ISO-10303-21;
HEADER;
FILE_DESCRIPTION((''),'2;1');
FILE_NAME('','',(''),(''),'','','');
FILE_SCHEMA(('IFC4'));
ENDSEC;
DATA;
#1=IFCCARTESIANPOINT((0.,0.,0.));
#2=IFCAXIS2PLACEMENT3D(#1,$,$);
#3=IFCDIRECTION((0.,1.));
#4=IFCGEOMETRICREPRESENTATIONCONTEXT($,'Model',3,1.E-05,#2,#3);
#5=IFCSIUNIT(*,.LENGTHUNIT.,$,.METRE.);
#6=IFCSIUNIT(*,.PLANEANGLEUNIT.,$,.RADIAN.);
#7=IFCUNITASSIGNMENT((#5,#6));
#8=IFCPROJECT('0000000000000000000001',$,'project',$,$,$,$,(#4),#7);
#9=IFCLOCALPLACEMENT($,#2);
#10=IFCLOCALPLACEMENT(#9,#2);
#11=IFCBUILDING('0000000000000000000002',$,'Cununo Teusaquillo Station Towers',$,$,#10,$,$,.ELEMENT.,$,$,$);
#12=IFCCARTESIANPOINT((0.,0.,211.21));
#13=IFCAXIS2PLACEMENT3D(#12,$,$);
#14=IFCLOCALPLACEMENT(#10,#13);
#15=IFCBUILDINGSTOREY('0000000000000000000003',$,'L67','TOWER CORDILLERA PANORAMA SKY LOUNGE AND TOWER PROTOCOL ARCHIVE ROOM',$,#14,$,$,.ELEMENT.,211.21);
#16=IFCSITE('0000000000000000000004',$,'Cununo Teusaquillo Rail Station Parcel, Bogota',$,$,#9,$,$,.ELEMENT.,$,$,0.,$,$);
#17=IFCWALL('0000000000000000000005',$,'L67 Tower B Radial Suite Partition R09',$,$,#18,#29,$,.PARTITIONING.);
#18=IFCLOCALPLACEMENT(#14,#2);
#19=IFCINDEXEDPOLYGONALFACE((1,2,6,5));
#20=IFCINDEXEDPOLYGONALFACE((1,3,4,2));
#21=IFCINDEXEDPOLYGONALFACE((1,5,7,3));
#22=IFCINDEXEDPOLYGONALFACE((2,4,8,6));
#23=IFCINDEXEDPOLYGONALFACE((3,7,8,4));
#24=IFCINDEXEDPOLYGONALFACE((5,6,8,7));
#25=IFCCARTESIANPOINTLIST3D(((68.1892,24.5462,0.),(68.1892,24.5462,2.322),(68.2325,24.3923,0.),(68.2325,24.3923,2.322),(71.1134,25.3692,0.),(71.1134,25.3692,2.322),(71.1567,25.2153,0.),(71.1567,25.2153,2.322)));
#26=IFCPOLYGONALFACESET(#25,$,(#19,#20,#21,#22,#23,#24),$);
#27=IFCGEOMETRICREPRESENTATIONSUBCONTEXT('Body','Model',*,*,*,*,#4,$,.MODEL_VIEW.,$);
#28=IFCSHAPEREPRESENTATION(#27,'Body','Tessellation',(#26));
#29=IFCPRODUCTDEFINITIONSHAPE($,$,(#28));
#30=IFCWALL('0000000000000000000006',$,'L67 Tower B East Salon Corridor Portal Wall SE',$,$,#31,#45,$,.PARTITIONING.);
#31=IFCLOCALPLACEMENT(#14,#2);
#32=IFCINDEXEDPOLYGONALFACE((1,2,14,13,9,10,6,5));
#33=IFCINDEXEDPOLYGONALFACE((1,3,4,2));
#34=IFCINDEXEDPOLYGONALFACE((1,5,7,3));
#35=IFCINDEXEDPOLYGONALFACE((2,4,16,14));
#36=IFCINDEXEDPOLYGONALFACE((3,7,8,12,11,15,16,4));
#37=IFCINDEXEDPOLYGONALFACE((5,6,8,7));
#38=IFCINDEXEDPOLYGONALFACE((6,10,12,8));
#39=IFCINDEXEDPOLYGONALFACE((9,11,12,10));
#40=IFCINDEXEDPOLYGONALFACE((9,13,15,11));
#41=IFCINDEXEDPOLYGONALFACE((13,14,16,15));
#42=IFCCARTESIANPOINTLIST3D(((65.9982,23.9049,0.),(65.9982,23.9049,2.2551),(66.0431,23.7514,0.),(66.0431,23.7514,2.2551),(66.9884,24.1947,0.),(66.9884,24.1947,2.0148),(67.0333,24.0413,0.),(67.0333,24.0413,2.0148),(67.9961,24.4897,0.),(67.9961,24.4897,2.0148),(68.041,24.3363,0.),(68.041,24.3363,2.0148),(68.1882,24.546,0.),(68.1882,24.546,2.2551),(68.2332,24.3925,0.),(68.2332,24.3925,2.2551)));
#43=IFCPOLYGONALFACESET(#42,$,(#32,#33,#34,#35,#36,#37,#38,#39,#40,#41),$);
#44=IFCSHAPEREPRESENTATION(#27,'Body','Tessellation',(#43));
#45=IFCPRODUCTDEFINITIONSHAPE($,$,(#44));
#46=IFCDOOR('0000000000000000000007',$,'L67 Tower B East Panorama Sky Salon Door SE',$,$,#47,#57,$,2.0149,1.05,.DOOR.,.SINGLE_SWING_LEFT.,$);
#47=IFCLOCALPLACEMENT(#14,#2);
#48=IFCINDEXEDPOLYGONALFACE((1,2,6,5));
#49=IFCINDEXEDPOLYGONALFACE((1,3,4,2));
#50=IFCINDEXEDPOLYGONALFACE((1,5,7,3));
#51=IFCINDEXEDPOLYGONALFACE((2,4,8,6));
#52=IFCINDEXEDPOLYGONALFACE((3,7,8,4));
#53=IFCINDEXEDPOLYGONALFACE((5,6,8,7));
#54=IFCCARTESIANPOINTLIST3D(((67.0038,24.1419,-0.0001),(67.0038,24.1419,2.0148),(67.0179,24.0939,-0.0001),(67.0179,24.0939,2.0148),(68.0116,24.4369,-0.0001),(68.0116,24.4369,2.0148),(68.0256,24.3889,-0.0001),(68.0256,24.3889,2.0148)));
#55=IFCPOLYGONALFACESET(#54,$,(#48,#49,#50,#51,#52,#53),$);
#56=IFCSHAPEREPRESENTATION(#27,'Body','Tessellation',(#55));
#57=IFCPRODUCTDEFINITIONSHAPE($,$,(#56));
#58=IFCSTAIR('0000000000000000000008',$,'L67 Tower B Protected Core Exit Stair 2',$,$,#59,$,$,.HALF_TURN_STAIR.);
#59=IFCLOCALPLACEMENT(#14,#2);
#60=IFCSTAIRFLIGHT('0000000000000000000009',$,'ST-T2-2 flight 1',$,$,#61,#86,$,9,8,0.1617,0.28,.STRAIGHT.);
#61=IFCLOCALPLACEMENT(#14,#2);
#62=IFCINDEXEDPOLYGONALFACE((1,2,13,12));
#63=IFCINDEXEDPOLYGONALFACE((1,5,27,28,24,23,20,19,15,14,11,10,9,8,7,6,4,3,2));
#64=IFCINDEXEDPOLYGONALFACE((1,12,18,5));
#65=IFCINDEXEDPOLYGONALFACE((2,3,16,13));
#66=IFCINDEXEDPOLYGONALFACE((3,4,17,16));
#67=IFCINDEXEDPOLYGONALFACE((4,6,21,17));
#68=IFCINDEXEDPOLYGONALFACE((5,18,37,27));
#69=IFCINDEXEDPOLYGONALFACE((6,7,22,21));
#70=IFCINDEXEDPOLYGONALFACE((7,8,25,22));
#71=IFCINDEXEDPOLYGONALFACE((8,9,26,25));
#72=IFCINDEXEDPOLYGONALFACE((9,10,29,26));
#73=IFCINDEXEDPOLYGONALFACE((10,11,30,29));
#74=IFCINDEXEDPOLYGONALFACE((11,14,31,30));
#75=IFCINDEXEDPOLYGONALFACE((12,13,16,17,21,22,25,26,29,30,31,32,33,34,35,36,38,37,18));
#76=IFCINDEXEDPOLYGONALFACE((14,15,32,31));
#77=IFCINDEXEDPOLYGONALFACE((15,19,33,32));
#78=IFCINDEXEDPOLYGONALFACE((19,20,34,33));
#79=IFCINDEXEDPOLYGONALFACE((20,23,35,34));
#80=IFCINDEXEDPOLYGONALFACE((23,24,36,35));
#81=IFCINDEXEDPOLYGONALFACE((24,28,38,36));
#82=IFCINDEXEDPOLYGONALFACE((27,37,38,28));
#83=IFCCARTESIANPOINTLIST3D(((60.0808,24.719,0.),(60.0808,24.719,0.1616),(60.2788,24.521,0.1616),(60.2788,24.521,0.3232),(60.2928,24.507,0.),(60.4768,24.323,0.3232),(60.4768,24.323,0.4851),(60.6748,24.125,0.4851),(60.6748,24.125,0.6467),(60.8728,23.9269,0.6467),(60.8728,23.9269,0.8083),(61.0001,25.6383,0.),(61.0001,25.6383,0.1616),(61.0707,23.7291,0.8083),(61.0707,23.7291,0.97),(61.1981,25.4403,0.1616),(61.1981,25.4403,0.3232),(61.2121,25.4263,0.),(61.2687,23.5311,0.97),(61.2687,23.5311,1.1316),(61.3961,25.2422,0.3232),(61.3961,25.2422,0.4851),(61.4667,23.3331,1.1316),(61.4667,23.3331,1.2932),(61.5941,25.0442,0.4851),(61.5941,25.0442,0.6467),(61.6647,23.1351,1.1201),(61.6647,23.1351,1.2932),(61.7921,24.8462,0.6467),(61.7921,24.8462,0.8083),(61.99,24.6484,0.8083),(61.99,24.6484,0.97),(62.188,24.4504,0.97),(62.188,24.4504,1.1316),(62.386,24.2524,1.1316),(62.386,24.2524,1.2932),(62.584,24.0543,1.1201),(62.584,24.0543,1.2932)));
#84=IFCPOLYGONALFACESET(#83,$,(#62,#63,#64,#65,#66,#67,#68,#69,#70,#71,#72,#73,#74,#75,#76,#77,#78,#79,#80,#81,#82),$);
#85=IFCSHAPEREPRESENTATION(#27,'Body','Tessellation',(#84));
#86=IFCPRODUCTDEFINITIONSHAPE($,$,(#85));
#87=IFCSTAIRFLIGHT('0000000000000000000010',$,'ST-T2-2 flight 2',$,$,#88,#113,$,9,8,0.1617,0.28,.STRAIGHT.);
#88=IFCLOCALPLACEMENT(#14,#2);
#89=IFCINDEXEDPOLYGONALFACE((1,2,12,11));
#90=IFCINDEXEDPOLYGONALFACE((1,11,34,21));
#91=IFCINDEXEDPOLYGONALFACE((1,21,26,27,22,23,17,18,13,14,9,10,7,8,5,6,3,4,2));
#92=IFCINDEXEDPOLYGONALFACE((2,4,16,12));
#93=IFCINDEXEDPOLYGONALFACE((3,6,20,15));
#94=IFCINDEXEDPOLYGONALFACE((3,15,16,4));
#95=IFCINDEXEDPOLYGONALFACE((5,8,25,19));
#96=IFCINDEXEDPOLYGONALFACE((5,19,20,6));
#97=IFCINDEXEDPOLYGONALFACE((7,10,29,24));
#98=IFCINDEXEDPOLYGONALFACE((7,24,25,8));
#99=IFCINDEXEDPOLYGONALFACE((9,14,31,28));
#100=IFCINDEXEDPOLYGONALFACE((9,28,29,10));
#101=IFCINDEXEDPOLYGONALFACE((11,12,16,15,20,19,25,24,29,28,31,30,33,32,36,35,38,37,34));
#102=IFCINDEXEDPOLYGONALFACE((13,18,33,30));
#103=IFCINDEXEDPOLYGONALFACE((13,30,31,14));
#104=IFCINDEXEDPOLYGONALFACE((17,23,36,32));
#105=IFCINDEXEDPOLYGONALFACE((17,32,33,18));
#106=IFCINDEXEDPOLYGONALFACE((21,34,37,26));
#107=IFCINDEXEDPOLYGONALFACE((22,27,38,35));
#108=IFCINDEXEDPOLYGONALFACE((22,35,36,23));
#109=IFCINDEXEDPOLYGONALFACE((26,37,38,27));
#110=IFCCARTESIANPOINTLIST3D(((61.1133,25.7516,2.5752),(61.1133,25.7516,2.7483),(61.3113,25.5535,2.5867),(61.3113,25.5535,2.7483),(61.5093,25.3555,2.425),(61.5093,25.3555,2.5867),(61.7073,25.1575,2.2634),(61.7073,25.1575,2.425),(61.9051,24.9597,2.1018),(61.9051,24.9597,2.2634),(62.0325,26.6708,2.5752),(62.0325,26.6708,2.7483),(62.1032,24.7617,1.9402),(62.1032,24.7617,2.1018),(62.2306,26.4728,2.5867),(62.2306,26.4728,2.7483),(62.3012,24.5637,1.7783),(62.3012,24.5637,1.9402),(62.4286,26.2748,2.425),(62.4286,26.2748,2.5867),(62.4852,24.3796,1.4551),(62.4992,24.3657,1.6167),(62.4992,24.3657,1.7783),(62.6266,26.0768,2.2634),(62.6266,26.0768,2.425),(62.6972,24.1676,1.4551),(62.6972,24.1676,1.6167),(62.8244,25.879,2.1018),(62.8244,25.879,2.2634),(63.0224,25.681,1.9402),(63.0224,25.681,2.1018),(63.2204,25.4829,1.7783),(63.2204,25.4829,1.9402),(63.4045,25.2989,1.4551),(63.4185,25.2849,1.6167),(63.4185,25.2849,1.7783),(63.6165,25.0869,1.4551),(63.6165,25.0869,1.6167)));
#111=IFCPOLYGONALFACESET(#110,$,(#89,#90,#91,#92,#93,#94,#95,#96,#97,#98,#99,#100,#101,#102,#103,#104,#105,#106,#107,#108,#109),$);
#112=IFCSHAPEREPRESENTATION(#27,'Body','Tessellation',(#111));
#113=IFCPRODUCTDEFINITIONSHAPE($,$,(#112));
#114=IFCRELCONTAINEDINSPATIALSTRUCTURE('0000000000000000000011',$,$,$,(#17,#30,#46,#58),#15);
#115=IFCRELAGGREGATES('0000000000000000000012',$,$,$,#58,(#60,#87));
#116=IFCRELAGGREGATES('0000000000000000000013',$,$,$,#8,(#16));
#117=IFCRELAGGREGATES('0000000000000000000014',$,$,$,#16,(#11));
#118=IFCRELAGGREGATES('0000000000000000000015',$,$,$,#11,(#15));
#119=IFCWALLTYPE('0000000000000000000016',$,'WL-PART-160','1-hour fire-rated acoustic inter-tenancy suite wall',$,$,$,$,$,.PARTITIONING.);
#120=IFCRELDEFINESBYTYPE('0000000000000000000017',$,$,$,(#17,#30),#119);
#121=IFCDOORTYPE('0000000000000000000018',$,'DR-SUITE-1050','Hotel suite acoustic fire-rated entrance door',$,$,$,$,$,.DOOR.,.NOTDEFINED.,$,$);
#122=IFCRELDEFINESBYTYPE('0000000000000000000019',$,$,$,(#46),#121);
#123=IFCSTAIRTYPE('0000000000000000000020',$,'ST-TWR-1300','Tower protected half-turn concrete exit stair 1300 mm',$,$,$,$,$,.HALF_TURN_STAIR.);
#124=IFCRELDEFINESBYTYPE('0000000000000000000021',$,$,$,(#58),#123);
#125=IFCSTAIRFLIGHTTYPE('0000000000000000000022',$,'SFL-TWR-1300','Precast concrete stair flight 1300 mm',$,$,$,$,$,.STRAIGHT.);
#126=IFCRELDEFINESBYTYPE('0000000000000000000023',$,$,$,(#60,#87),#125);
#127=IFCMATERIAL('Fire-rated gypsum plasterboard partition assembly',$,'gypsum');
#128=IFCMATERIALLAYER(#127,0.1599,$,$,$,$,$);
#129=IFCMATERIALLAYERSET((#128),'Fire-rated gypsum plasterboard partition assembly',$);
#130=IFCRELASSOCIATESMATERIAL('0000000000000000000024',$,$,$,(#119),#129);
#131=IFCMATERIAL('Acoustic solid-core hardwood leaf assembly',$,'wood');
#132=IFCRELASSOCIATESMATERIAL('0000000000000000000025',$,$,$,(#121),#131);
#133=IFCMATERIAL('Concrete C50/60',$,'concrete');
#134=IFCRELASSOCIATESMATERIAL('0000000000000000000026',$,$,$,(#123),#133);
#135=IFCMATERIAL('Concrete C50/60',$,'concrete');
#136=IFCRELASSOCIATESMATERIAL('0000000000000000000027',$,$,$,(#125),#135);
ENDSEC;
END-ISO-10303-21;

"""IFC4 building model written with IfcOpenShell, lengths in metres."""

from ifc_helpers import new_model, si_unit, direction, frame, frame_2d, origin, place, context, subcontext, project, spatial, polyline, rectangle, outline, extrude, source, transform, mapped, material, layer, layer_set, type_object, element, fill, aggregate, save


model = new_model("IFC4")

# Units and contexts
model_context = context("Model", 3, precision=1e-05, world=origin(), true_north=direction((0.0, 1.0)))
body_context = subcontext(model_context, "Body", "Model", "MODEL_VIEW")
ifc_project = project(units=[si_unit("LENGTHUNIT", "METRE"), si_unit("PLANEANGLEUNIT", "RADIAN")], contexts=[model_context])

# Site, building, storey
site_placement = place(None, origin())
site = spatial("IfcSite", under=ifc_project, at=site_placement, Name="Cununo Teusaquillo Rail Station Parcel, Bogota", CompositionType="ELEMENT", RefElevation=0.0)
building_placement = place(site_placement, origin())
building = spatial("IfcBuilding", under=site, at=building_placement, Name="Cununo Teusaquillo Station Towers", CompositionType="ELEMENT")
storey_placement = place(building_placement, frame((0.0, 0.0, 211.21)))
storey = spatial("IfcBuildingStorey", under=building, at=storey_placement, Name="L67", Description="TOWER CORDILLERA PANORAMA SKY LOUNGE AND TOWER PROTOCOL ARCHIVE ROOM", CompositionType="ELEMENT", Elevation=211.21)

# Wall
ifc_material_1 = material(Name="Fire-rated gypsum plasterboard partition assembly", Category="gypsum")
ifc_layer_1 = layer(ifc_material_1, 0.1599)
ifc_layer_set_1 = layer_set([ifc_layer_1], Name="Fire-rated gypsum plasterboard partition assembly")
wall_type_1 = type_object("IfcWallType", Name="WL-PART-160", Description="1-hour fire-rated acoustic inter-tenancy suite wall", PredefinedType="PARTITIONING", material=ifc_layer_set_1)
wall_1_placement = place(storey_placement, frame((68.2107, 24.4692, 0.0), z_axis=(0.0, 0.0, 1.0), x_axis=(0.962605, 0.270908, 0.0)))
element("IfcWall", 1, at=wall_1_placement, inside=storey, type_object=wall_type_1, Name="L67 Tower B Radial Suite Partition R09", PredefinedType="PARTITIONING", context=body_context, shape_type="SweptSolid", body=[
    extrude(rectangle(XDim=3.0378, YDim=0.1599, at=frame_2d((1.519, 0.0))), origin(), (0.0, 0.0, 1.0), 2.322),
])

# Wall, opening, door
wall_2_placement = place(storey_placement, frame((66.0205, 23.8281, 0.0), z_axis=(0.0, 0.0, 1.0), x_axis=(0.959728, 0.280932, 0.0)))
wall_2 = element("IfcWall", 2, at=wall_2_placement, inside=storey, type_object=wall_type_1, Name="L67 Tower B East Salon Corridor Portal Wall SE", PredefinedType="PARTITIONING", context=body_context, shape_type="SweptSolid", body=[
    extrude(rectangle(XDim=2.282, YDim=0.1599, at=frame_2d((1.1411, 0.0))), origin(), (0.0, 0.0, 1.0), 2.2551),
])
shared_shape_1 = source(origin(), body_context, "Body", "SweptSolid", [
    extrude(rectangle(XDim=1.05, YDim=2.0149, at=frame_2d((0.5249, 1.0073))), frame((0.0, 0.0898, 0.0), z_axis=(0.0, -1.0, 0.0), x_axis=(1.0, 0.0, 0.0)), (0.0, 0.0, 1.0), 0.1799),
])
opening_1_placement = place(wall_2_placement, frame((1.032, 0.0, 0.0)))
opening_1 = element("IfcOpeningElement", 3, at=opening_1_placement, cuts=wall_2, PredefinedType="OPENING", context=body_context, shape_type="MappedRepresentation", body=[
    mapped(shared_shape_1, transform((0.0, 0.0, 0.0), x_axis=(1.0, 0.0, 0.0), y_axis=(0.0, 1.0, 0.0), z_axis=(0.0, 0.0, 1.0), scale=1.0)),
])
ifc_material_2 = material(Name="Acoustic solid-core hardwood leaf assembly", Category="wood")
door_type_1 = type_object("IfcDoorType", Name="DR-SUITE-1050", Description="Hotel suite acoustic fire-rated entrance door", OperationType="NOTDEFINED", PredefinedType="DOOR", material=ifc_material_2)
shared_shape_2 = source(origin(), body_context, "Body", "SweptSolid", [
    extrude(rectangle(XDim=1.05, YDim=2.0149, at=frame_2d((0.5249, 1.0073))), frame((0.0, 0.0249, 0.0), z_axis=(0.0, -1.0, 0.0), x_axis=(1.0, 0.0, 0.0)), (0.0, 0.0, 1.0), 0.05),
])
door_1_placement = place(opening_1_placement, origin())
door_1 = element("IfcDoor", 4, at=door_1_placement, inside=storey, type_object=door_type_1, Name="L67 Tower B East Panorama Sky Salon Door SE", OperationType="SINGLE_SWING_LEFT", OverallHeight=2.0149, OverallWidth=1.05, PredefinedType="DOOR", context=body_context, shape_type="MappedRepresentation", body=[
    mapped(shared_shape_2, transform((0.0, 0.0, 0.0), x_axis=(1.0, 0.0, 0.0), y_axis=(0.0, 1.0, 0.0), z_axis=(0.0, 0.0, 1.0), scale=1.0)),
])
fill(opening_1, door_1)

# Stair, stair flights
ifc_material_3 = material(Name="Concrete C50/60", Category="concrete")
stair_type = type_object("IfcStairType", Name="ST-TWR-1300", Description="Tower protected half-turn concrete exit stair 1300 mm", PredefinedType="HALF_TURN_STAIR", material=ifc_material_3)
stair_placement = place(storey_placement, origin())
stair = element("IfcStair", 5, at=stair_placement, inside=storey, type_object=stair_type, Name="L67 Tower B Protected Core Exit Stair 2", PredefinedType="HALF_TURN_STAIR")
ifc_material_4 = material(Name="Concrete C50/60", Category="concrete")
stair_flight_type = type_object("IfcStairFlightType", Name="SFL-TWR-1300", Description="Precast concrete stair flight 1300 mm", PredefinedType="STRAIGHT", material=ifc_material_4)
stair_flight_1_placement = place(storey_placement, frame((60.5405, 25.1787, 0.0), z_axis=(0.0, 0.0, 1.0), x_axis=(0.707107, -0.707107, 0.0)))
stair_flight_1 = element("IfcStairFlight", 6, at=stair_flight_1_placement, type_object=stair_flight_type, Name="ST-T2-2 flight 1", NumberOfRisers=9, NumberOfTreads=8, PredefinedType="STRAIGHT", RiserHeight=0.1617, TreadLength=0.28, context=body_context, shape_type="SweptSolid", body=[
    extrude(outline(polyline([(0.0, 0.0), (0.0, 0.1616), (0.28, 0.1616), (0.28, 0.3232), (0.5601, 0.3232), (0.5601, 0.4851), (0.8401, 0.4851), (0.8401, 0.6467), (1.1201, 0.6467), (1.1201, 0.8083), (1.3999, 0.8083), (1.3999, 0.97), (1.6799, 0.97), (1.6799, 1.1316), (1.96, 1.1316), (1.96, 1.2932), (2.24, 1.2932), (2.24, 1.4551), (2.24, 1.1201), (0.2998, 0.0), (0.0, 0.0)])), frame((0.0, 0.6499, 0.0), z_axis=(0.0, -1.0, 0.0), x_axis=(1.0, 0.0, 0.0)), (0.0, 0.0, 1.0), 1.3),
])
stair_flight_2_placement = place(storey_placement, frame((63.1567, 24.6272, 1.4551), z_axis=(0.0, 0.0, 1.0), x_axis=(-0.707107, 0.707107, 0.0)))
stair_flight_2 = element("IfcStairFlight", 7, at=stair_flight_2_placement, type_object=stair_flight_type, Name="ST-T2-2 flight 2", NumberOfRisers=9, NumberOfTreads=8, PredefinedType="STRAIGHT", RiserHeight=0.1617, TreadLength=0.28, context=body_context, shape_type="SweptSolid", body=[
    extrude(outline(polyline([(0.0, 0.0), (0.0, 0.1616), (0.28, 0.1616), (0.28, 0.3232), (0.5601, 0.3232), (0.5601, 0.4851), (0.8401, 0.4851), (0.8401, 0.6467), (1.1201, 0.6467), (1.1201, 0.8083), (1.3999, 0.8083), (1.3999, 0.97), (1.6799, 0.97), (1.6799, 1.1316), (1.96, 1.1316), (1.96, 1.2932), (2.24, 1.2932), (2.24, 1.4551), (2.24, 1.1201), (0.2998, 0.0), (0.0, 0.0)])), frame((0.0, 0.6499, 0.0), z_axis=(0.0, -1.0, 0.0), x_axis=(1.0, 0.0, 0.0)), (0.0, 0.0, 1.0), 1.3),
])
aggregate(stair, [stair_flight_1, stair_flight_2])

save(model, "model.ifc")
